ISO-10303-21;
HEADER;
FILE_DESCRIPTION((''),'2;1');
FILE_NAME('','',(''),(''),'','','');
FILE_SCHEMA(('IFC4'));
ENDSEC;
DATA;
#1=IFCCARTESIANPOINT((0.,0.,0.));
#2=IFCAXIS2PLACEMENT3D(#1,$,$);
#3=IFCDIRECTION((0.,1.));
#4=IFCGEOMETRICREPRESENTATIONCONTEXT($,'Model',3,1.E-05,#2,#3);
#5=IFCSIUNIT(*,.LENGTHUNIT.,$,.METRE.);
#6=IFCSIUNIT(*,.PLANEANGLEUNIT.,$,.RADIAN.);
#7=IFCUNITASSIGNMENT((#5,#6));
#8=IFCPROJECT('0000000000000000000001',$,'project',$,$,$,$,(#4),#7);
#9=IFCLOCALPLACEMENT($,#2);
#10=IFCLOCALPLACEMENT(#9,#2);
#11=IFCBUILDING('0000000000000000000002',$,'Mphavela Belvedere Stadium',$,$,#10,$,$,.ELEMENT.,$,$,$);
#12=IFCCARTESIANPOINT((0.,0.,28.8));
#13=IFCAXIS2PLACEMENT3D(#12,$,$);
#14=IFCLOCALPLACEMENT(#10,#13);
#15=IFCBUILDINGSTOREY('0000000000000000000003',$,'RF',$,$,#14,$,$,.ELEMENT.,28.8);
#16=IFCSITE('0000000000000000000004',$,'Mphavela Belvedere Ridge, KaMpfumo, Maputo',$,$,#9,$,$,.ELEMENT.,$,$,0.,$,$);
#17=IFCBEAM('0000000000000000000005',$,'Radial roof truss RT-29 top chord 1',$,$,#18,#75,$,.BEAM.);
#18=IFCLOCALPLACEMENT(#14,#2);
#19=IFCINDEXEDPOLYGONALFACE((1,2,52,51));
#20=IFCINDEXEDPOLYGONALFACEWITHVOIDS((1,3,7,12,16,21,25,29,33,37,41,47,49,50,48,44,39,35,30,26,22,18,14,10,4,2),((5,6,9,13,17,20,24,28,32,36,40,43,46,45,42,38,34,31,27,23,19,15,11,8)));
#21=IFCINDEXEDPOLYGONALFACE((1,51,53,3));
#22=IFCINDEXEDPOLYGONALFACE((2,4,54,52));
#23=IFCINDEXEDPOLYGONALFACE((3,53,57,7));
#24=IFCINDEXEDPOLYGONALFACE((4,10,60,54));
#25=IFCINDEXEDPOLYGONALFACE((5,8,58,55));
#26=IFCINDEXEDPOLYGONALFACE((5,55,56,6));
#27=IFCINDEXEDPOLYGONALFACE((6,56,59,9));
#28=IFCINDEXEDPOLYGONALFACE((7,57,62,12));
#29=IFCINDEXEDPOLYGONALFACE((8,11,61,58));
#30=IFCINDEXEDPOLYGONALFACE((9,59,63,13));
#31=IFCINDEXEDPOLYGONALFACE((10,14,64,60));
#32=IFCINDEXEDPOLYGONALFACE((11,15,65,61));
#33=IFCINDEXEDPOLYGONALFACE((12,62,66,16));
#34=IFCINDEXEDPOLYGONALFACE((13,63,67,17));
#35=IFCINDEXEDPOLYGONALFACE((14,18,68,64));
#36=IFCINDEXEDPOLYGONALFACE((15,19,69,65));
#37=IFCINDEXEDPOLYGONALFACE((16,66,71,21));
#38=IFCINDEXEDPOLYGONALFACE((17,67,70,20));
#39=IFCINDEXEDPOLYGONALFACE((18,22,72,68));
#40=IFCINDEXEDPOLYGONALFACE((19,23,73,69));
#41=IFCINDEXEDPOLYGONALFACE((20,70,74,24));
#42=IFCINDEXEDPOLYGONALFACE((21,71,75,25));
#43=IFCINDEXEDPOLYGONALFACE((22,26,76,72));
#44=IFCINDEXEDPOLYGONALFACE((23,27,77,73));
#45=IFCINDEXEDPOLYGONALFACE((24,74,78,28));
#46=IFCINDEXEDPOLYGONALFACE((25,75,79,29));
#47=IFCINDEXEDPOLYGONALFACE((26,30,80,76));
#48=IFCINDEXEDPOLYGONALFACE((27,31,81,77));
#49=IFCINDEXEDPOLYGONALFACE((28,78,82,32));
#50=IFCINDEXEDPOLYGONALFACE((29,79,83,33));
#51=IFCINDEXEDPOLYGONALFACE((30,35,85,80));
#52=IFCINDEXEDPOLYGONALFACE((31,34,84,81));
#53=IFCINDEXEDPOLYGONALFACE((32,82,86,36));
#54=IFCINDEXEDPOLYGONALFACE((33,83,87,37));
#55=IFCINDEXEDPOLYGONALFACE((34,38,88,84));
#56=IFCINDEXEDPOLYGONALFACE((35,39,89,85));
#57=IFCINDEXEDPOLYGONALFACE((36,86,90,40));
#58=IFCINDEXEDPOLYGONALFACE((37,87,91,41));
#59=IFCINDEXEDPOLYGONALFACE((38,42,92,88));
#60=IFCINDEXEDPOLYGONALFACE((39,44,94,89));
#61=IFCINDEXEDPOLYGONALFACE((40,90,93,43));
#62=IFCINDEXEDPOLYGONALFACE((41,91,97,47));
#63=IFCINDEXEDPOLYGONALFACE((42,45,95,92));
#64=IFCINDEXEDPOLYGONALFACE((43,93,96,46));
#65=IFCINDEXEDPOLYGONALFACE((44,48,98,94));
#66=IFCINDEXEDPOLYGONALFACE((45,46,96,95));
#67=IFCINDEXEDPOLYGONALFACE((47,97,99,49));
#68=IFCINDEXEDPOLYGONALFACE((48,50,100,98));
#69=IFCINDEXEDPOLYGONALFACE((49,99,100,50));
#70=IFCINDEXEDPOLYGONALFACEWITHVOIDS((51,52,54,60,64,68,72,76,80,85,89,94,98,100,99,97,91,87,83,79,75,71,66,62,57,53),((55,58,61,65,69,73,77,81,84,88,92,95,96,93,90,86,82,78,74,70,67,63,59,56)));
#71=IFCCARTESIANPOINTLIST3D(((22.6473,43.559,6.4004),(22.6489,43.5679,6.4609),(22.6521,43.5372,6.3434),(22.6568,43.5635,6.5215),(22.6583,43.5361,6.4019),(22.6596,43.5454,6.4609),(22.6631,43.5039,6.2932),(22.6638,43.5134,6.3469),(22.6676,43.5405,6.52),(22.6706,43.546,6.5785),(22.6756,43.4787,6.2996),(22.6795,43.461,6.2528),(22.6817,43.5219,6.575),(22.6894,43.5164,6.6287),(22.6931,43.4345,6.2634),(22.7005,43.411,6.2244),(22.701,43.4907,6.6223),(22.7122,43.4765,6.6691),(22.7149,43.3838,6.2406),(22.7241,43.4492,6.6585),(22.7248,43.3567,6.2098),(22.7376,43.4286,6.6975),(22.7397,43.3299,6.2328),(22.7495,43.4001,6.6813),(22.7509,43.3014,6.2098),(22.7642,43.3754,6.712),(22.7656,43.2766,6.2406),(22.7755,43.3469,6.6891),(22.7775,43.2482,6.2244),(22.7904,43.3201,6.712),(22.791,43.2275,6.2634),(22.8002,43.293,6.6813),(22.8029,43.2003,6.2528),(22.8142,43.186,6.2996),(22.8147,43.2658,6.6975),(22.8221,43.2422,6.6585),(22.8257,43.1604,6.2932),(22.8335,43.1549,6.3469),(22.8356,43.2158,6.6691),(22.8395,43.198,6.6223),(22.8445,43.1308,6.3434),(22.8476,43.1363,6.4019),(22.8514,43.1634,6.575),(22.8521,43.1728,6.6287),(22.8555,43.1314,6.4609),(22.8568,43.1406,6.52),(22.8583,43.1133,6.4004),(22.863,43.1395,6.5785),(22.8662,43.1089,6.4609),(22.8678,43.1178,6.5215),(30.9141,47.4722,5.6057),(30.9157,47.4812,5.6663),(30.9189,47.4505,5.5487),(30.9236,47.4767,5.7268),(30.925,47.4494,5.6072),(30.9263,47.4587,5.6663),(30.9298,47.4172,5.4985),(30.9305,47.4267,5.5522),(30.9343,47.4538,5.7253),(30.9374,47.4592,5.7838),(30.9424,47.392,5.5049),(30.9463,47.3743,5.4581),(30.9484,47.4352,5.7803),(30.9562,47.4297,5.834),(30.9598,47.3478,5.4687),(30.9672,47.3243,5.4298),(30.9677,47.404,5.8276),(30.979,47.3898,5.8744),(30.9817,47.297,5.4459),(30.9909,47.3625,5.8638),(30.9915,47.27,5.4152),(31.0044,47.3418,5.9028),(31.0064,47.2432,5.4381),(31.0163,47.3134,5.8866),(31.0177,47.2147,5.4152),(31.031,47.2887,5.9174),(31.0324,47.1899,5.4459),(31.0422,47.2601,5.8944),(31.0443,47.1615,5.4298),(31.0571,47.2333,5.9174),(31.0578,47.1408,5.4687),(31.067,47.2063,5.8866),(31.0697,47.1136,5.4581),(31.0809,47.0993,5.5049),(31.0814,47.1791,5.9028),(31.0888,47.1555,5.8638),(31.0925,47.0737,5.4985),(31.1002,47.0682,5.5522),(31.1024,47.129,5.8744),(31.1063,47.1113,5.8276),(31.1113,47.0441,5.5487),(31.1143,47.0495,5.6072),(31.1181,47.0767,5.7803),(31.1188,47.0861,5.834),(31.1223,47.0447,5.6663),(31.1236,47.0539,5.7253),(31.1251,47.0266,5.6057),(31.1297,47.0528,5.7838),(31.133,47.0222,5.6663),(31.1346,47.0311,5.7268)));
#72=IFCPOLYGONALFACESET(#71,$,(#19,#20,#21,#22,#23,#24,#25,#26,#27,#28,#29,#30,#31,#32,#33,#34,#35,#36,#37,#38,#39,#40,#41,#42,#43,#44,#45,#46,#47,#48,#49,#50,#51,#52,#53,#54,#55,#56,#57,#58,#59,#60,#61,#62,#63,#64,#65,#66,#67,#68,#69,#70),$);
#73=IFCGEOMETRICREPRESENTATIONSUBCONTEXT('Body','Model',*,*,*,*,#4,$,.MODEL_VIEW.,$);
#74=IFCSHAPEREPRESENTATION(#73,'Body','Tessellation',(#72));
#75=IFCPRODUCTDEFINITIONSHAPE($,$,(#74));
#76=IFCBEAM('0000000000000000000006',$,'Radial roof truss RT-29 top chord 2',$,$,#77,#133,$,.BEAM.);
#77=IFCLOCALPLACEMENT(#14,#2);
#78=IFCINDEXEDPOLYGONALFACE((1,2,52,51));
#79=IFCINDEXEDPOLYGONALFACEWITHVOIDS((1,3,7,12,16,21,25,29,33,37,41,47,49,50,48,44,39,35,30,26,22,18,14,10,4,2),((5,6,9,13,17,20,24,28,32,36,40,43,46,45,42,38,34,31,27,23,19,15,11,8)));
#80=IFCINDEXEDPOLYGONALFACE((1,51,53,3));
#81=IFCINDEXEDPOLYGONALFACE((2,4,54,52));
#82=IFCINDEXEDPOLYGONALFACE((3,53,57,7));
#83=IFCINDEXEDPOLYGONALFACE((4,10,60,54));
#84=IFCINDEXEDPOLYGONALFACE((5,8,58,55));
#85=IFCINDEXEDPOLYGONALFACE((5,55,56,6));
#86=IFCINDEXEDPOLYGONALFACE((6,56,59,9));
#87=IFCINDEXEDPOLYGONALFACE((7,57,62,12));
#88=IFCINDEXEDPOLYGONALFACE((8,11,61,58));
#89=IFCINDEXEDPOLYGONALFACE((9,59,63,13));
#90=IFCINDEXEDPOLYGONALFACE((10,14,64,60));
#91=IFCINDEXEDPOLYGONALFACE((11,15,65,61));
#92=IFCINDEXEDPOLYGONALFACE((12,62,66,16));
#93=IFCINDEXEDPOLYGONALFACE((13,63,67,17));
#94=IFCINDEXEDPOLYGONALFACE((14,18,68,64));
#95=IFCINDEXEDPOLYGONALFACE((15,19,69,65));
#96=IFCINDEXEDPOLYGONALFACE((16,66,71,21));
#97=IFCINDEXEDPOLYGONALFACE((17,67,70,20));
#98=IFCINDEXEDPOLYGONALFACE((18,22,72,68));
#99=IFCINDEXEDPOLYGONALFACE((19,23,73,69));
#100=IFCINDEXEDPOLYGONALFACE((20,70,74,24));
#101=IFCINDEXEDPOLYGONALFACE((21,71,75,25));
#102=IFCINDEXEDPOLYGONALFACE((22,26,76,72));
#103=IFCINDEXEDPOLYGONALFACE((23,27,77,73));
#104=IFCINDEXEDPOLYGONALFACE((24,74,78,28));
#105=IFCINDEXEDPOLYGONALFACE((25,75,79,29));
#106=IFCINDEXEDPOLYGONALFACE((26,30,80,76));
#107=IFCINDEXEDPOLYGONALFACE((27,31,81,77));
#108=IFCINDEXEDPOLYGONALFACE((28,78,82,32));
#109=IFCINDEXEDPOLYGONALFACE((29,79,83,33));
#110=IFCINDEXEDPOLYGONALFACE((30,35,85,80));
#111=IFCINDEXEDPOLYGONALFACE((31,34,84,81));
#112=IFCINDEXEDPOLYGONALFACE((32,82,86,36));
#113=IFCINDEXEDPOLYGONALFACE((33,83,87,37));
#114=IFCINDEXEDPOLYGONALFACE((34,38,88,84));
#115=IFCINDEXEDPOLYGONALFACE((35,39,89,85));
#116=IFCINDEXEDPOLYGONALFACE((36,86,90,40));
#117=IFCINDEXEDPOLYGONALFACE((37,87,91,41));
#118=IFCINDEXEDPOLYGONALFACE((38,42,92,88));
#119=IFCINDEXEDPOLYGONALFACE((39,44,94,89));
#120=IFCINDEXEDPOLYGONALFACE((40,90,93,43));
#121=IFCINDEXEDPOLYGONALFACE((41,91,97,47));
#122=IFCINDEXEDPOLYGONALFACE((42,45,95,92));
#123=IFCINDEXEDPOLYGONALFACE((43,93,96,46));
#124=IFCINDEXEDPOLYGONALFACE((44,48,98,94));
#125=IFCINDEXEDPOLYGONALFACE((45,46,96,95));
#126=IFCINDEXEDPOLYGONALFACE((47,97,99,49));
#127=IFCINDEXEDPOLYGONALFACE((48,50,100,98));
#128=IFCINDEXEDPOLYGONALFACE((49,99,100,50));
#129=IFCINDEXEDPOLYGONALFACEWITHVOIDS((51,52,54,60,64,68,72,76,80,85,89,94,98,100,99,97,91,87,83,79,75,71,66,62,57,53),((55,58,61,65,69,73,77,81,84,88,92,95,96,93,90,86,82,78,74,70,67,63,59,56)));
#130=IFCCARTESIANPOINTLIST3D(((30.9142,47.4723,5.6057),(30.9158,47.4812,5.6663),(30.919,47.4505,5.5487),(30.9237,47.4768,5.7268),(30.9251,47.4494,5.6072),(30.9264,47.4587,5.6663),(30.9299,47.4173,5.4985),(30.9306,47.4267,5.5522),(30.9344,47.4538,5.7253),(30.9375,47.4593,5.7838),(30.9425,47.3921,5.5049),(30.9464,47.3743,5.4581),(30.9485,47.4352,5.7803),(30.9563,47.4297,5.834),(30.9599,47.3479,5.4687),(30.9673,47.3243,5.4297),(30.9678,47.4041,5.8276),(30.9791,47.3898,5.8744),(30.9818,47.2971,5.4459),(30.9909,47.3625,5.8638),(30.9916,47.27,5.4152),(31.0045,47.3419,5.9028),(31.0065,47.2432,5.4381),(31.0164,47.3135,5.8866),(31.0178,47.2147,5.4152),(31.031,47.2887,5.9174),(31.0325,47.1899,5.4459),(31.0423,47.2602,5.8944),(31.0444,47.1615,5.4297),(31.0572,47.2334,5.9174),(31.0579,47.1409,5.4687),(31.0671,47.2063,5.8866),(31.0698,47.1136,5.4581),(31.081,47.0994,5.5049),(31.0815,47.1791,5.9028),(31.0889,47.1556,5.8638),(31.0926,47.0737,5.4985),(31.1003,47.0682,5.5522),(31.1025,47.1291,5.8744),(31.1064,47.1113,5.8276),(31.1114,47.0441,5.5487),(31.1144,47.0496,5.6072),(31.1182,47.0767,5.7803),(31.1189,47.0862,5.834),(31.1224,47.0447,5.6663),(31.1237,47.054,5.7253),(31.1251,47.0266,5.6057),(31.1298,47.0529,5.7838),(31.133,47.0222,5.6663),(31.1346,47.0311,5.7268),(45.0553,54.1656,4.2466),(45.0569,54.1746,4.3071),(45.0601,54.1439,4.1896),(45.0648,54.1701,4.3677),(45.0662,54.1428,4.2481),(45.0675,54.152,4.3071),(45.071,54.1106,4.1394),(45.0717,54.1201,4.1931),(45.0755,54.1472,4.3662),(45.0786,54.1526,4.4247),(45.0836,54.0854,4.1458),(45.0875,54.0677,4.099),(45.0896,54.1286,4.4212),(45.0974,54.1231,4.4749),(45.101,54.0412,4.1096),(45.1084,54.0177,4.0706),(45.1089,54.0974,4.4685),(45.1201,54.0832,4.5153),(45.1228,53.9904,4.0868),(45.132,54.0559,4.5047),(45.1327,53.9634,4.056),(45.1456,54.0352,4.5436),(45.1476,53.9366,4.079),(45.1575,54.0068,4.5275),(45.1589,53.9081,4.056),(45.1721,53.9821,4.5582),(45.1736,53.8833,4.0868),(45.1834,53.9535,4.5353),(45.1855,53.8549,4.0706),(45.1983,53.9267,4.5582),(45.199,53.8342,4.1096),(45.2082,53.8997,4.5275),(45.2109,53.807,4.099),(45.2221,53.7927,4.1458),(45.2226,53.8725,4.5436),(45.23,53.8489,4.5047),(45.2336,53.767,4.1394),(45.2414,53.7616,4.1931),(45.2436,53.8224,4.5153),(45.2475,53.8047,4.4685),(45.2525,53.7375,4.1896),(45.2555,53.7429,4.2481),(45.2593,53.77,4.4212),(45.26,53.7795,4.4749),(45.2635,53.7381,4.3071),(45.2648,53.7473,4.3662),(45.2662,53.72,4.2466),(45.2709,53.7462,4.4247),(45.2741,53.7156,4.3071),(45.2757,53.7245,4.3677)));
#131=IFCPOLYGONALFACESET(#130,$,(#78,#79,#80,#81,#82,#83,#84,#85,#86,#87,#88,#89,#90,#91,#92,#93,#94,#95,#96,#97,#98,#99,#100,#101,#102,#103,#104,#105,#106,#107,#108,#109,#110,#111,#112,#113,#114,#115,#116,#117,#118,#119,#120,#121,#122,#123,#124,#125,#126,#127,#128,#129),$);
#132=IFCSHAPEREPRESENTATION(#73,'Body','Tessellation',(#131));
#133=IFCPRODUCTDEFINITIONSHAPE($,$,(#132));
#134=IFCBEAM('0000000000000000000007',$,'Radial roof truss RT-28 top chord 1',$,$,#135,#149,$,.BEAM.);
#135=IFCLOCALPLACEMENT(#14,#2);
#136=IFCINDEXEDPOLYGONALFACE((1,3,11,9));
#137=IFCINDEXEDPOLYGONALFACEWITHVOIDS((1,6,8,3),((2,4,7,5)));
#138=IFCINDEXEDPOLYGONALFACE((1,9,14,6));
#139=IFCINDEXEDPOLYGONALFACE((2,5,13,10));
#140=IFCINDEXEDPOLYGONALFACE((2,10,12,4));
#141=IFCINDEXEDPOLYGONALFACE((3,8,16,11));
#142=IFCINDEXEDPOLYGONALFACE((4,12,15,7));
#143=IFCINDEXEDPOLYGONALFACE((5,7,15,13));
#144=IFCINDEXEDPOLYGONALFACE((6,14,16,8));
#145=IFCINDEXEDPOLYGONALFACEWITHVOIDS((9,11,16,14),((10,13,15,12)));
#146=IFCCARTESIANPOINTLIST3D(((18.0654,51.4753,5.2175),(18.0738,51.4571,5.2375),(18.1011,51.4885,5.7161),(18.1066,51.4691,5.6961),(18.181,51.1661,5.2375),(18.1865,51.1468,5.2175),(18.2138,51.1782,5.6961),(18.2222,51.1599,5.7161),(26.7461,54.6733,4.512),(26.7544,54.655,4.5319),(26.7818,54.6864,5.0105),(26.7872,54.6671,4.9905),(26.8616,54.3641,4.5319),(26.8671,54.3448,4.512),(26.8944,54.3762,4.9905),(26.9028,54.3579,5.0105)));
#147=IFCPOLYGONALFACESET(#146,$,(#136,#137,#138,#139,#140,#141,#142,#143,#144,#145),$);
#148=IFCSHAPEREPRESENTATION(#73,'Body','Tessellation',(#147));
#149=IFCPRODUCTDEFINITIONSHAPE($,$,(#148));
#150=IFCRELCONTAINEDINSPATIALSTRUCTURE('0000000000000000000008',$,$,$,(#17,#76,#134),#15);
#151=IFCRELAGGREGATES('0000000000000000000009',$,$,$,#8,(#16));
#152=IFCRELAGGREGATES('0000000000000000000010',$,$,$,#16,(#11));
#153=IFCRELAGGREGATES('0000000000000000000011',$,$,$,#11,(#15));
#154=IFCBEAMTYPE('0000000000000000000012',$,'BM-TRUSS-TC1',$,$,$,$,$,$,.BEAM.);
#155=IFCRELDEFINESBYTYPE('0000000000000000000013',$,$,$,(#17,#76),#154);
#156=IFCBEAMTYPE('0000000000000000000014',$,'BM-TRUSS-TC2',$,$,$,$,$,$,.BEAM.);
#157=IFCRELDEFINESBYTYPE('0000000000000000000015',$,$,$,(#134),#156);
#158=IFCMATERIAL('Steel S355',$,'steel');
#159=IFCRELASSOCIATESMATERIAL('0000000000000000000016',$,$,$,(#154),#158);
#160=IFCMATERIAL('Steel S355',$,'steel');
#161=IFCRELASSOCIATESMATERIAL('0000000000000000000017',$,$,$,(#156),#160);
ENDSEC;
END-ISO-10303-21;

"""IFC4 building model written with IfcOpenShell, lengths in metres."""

from ifc_helpers import new_model, si_unit, direction, frame, origin, origin_2d, place, context, subcontext, project, spatial, hollow_rectangle, hollow_circle, extrude, material, material_profile, profile_set, type_object, element, save


model = new_model("IFC4")

# Units and contexts
model_context = context("Model", 3, precision=1e-05, world=origin(), true_north=direction((0.0, 1.0)))
body_context = subcontext(model_context, "Body", "Model", "MODEL_VIEW")
ifc_project = project(units=[si_unit("LENGTHUNIT", "METRE"), si_unit("PLANEANGLEUNIT", "RADIAN")], contexts=[model_context])

# Site, building, storey
site_placement = place(None, origin())
site = spatial("IfcSite", under=ifc_project, at=site_placement, Name="Mphavela Belvedere Ridge, KaMpfumo, Maputo", CompositionType="ELEMENT", RefElevation=0.0)
building_placement = place(site_placement, origin())
building = spatial("IfcBuilding", under=site, at=building_placement, Name="Mphavela Belvedere Stadium", CompositionType="ELEMENT")
storey_placement = place(building_placement, frame((0.0, 0.0, 28.8)))
storey = spatial("IfcBuildingStorey", under=building, at=storey_placement, Name="RF", CompositionType="ELEMENT", Elevation=28.8)

# Beams
ifc_material_1 = material(Name="Steel S355", Category="steel")
ifc_material_profile_1 = material_profile(ifc_material_1, hollow_circle(Radius=0.2539, WallThickness=0.0249, at=origin_2d()), Name="CHS 508x25")
ifc_profile_set_1 = profile_set([ifc_material_profile_1], Name="Steel S355")
beam_type_1 = type_object("IfcBeamType", Name="BM-TRUSS-TC1", PredefinedType="BEAM", material=ifc_profile_set_1)
beam_1_placement = place(storey_placement, frame((22.7576, 43.3384, 6.4609), z_axis=(0.900453, 0.426253, -0.086559), x_axis=(-0.427859, 0.903845, 0.0)))
element("IfcBeam", 1, at=beam_1_placement, inside=storey, type_object=beam_type_1, Name="Radial roof truss RT-29 top chord 1", PredefinedType="BEAM", context=body_context, shape_type="SweptSolid", body=[
    extrude(hollow_circle(Radius=0.2539, WallThickness=0.0249, at=origin_2d()), origin(), (0.0, 0.0, 1.0), 9.1807),
])
beam_2_placement = place(storey_placement, frame((31.0244, 47.2517, 5.6663), z_axis=(0.900472, 0.426217, -0.086546), x_axis=(-0.427822, 0.903863, 0.0)))
element("IfcBeam", 2, at=beam_2_placement, inside=storey, type_object=beam_type_1, Name="Radial roof truss RT-29 top chord 2", PredefinedType="BEAM", context=body_context, shape_type="SweptSolid", body=[
    extrude(hollow_circle(Radius=0.2539, WallThickness=0.0249, at=origin_2d()), origin(), (0.0, 0.0, 1.0), 15.7041),
])
ifc_material_2 = material(Name="Steel S355", Category="steel")
ifc_material_profile_2 = material_profile(ifc_material_2, hollow_rectangle(XDim=0.3501, YDim=0.5, WallThickness=0.02, at=origin_2d()), Name="RHS 500x350x20")
ifc_profile_set_2 = profile_set([ifc_material_profile_2], Name="Steel S355")
beam_type_2 = type_object("IfcBeamType", Name="BM-TRUSS-TC2", PredefinedType="BEAM", material=ifc_profile_set_2)
beam_3_placement = place(storey_placement, frame((18.1438, 51.3176, 5.4668), z_axis=(0.935631, 0.344691, -0.076048), x_axis=(-0.345692, 0.938348, 0.0)))
element("IfcBeam", 3, at=beam_3_placement, inside=storey, type_object=beam_type_2, Name="Radial roof truss RT-28 top chord 1", PredefinedType="BEAM", context=body_context, shape_type="SweptSolid", body=[
    extrude(hollow_rectangle(XDim=0.3501, YDim=0.5, WallThickness=0.02, at=origin_2d()), origin(), (0.0, 0.0, 1.0), 9.2778),
])

save(model, "model.ifc")
